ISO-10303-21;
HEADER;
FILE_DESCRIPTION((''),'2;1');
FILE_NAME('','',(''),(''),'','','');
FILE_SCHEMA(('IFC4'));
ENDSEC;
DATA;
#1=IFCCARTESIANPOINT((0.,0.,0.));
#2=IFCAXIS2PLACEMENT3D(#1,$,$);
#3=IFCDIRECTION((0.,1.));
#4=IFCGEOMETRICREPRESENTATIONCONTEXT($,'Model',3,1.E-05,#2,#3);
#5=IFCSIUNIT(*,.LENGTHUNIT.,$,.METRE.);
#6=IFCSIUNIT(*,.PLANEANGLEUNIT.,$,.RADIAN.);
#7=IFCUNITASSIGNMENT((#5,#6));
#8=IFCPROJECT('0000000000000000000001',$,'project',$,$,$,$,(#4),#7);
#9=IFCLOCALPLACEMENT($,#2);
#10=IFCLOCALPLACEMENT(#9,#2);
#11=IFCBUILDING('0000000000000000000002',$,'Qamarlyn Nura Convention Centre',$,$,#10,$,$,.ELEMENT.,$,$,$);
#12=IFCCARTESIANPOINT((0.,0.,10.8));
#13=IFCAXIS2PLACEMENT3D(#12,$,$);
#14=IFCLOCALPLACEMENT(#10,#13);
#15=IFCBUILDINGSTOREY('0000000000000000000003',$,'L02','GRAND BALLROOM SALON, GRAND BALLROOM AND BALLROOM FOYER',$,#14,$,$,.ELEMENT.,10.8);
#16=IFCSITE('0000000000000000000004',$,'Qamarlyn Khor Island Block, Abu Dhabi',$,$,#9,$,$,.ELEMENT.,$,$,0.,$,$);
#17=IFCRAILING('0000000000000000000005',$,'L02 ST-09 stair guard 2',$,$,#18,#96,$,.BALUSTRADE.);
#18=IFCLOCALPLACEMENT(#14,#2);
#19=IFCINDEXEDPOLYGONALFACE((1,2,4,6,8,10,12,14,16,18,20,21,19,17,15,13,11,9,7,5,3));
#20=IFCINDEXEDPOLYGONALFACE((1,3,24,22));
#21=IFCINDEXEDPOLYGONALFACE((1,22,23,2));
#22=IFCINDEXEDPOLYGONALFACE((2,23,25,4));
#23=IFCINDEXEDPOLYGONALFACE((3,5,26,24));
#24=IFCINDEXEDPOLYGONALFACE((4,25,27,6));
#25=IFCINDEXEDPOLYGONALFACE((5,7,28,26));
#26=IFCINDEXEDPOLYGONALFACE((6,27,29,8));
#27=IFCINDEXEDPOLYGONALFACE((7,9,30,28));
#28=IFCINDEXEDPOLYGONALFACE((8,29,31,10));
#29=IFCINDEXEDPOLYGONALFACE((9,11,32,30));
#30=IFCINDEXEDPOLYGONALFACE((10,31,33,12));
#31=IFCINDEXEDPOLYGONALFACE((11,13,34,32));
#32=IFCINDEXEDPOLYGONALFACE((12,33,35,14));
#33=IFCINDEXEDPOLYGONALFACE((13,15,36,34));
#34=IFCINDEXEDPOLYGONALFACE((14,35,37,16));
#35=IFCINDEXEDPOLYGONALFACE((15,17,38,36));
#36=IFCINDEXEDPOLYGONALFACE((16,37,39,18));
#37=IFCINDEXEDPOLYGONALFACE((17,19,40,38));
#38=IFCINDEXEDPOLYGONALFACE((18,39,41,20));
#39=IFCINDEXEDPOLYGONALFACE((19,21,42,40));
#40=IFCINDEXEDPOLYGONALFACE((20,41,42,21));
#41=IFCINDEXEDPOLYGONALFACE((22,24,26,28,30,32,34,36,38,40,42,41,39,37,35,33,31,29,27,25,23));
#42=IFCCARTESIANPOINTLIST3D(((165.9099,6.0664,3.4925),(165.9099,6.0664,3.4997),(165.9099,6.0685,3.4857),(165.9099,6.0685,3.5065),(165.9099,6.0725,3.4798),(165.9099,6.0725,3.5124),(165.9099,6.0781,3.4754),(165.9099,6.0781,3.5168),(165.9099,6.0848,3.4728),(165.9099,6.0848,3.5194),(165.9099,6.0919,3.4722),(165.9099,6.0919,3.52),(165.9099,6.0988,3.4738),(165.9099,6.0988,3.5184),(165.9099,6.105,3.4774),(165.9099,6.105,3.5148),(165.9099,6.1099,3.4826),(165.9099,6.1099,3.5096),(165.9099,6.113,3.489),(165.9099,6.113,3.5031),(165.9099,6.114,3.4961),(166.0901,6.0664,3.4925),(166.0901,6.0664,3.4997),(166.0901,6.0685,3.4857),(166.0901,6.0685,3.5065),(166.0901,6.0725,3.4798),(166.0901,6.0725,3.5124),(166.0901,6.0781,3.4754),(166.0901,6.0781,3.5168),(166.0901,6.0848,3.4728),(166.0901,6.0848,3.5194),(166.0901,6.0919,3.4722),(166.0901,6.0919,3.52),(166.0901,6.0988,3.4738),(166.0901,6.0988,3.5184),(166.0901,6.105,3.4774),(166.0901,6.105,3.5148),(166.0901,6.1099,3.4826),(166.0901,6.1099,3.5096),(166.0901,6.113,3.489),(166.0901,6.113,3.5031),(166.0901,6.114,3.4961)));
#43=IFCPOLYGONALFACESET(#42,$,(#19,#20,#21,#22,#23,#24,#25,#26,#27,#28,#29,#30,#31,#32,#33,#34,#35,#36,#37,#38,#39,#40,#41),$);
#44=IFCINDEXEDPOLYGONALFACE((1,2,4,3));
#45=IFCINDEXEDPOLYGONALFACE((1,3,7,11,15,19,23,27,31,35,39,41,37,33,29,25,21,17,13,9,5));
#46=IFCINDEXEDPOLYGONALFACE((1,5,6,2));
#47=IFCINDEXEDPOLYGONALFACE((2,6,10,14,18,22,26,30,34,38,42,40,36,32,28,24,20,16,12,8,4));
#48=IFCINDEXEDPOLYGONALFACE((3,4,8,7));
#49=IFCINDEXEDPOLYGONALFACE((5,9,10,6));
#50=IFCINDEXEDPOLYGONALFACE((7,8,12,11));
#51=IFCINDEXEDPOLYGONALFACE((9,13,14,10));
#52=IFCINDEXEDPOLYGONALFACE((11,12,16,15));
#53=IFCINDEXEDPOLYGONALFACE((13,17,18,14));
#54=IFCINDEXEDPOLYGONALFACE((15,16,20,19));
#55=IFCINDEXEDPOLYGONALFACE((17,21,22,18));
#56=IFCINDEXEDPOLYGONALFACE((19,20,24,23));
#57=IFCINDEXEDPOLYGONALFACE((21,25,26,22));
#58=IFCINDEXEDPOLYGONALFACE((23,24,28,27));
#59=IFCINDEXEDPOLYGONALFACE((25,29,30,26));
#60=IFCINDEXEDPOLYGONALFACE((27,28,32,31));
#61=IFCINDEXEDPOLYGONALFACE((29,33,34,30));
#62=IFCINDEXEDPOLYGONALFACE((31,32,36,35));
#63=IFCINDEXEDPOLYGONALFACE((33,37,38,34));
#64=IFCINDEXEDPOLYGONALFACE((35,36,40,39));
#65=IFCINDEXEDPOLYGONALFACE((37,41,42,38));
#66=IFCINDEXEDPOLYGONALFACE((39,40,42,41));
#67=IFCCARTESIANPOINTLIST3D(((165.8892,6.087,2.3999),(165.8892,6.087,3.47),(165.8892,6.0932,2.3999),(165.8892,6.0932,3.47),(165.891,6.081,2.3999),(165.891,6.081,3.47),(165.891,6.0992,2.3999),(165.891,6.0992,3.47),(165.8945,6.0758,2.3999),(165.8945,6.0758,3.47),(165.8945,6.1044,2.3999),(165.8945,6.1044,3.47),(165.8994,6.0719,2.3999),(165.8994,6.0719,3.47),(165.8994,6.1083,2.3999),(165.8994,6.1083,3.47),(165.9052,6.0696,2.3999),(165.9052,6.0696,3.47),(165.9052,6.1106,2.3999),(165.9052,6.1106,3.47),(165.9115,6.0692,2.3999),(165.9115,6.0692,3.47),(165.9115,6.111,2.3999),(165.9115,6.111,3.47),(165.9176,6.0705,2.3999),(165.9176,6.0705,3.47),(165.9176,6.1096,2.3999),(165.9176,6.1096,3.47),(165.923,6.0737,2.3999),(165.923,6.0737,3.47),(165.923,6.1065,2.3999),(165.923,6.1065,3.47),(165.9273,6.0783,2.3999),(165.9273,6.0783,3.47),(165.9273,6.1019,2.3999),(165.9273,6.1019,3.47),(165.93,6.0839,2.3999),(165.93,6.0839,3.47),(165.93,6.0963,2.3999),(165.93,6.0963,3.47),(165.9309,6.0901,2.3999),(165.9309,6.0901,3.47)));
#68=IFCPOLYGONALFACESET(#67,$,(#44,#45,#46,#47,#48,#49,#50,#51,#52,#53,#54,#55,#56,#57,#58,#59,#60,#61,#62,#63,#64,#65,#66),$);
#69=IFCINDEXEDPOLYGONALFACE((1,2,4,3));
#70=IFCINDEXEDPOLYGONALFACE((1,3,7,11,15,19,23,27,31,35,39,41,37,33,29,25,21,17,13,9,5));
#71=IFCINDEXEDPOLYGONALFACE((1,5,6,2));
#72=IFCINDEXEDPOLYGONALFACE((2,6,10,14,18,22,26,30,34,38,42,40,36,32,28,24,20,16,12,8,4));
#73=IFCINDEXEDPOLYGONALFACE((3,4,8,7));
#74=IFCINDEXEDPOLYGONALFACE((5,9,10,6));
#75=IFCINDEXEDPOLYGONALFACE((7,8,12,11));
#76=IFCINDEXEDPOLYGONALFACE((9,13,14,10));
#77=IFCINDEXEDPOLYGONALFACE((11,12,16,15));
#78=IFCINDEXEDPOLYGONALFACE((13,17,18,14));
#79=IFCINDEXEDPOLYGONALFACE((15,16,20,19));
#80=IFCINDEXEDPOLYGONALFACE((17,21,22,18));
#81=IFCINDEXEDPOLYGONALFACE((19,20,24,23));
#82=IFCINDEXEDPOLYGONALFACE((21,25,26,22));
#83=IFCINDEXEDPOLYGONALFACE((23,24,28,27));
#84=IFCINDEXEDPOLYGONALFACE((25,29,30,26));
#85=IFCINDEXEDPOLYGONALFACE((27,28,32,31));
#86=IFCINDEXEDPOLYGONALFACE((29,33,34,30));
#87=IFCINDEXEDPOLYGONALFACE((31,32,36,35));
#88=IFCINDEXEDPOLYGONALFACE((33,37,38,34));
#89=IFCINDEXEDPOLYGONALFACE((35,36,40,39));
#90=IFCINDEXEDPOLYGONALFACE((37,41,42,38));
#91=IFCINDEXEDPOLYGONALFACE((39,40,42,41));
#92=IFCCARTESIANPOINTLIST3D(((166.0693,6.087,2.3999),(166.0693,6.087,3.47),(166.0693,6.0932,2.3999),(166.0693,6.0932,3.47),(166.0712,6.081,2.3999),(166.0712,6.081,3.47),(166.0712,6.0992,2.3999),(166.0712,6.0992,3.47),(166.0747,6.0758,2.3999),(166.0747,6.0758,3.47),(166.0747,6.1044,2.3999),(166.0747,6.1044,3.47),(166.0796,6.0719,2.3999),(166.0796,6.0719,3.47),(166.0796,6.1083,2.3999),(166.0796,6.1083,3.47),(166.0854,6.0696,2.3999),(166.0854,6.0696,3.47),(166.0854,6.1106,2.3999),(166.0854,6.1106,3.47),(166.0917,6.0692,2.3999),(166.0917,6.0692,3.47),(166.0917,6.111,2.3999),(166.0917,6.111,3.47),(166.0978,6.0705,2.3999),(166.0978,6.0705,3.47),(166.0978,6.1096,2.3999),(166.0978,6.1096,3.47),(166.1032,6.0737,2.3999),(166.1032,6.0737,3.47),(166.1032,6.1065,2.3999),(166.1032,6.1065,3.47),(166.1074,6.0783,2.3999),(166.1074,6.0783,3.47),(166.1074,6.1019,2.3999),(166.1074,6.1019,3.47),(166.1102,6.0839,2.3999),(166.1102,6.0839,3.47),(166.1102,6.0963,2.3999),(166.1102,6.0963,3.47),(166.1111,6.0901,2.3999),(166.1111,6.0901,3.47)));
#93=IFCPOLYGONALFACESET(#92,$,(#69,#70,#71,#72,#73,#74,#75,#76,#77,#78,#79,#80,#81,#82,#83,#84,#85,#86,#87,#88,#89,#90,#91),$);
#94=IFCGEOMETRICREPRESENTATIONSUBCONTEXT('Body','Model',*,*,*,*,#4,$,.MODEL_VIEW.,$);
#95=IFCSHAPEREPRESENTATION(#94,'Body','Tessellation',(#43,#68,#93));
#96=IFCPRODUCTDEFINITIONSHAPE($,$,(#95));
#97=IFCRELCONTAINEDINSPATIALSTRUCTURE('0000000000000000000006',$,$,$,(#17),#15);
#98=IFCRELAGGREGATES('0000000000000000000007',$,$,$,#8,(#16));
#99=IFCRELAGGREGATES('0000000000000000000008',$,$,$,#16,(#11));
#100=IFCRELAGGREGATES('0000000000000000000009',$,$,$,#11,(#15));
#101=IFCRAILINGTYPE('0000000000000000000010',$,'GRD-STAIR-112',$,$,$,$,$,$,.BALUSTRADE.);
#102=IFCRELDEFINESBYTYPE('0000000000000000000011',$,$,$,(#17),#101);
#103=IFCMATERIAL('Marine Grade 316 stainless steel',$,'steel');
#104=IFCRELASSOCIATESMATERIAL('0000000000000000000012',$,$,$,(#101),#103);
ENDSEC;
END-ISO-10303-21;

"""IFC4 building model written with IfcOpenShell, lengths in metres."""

from ifc_helpers import new_model, si_unit, direction, frame, origin, origin_2d, place, context, subcontext, project, spatial, circle, extrude, material, type_object, element, save


model = new_model("IFC4")

# Units and contexts
model_context = context("Model", 3, precision=1e-05, world=origin(), true_north=direction((0.0, 1.0)))
body_context = subcontext(model_context, "Body", "Model", "MODEL_VIEW")
ifc_project = project(units=[si_unit("LENGTHUNIT", "METRE"), si_unit("PLANEANGLEUNIT", "RADIAN")], contexts=[model_context])

# Site, building, storey
site_placement = place(None, origin())
site = spatial("IfcSite", under=ifc_project, at=site_placement, Name="Qamarlyn Khor Island Block, Abu Dhabi", CompositionType="ELEMENT", RefElevation=0.0)
building_placement = place(site_placement, origin())
building = spatial("IfcBuilding", under=site, at=building_placement, Name="Qamarlyn Nura Convention Centre", CompositionType="ELEMENT")
storey_placement = place(building_placement, frame((0.0, 0.0, 10.8)))
storey = spatial("IfcBuildingStorey", under=building, at=storey_placement, Name="L02", Description="GRAND BALLROOM SALON, GRAND BALLROOM AND BALLROOM FOYER", CompositionType="ELEMENT", Elevation=10.8)

# Railing
ifc_material_1 = material(Name="Marine Grade 316 stainless steel", Category="steel")
railing_type_1 = type_object("IfcRailingType", Name="GRD-STAIR-112", PredefinedType="BALUSTRADE", material=ifc_material_1)
railing_1_placement = place(storey_placement, frame((165.9099, 6.0901, 2.3999)))
element("IfcRailing", 1, at=railing_1_placement, inside=storey, type_object=railing_type_1, Name="L02 ST-09 stair guard 2", PredefinedType="BALUSTRADE", context=body_context, shape_type="SweptSolid", body=[
    extrude(circle(Radius=0.0239, at=origin_2d()), frame((0.0, 0.0, 1.0962), z_axis=(1.0, 0.0, 0.0), x_axis=(0.0, 1.0, 0.0)), (0.0, 0.0, 1.0), 0.1802),
    extrude(circle(Radius=0.021, at=origin_2d()), origin(), (0.0, 0.0, 1.0), 1.0701),
    extrude(circle(Radius=0.021, at=origin_2d()), frame((0.1802, 0.0, 0.0)), (0.0, 0.0, 1.0), 1.0701),
])

save(model, "model.ifc")
